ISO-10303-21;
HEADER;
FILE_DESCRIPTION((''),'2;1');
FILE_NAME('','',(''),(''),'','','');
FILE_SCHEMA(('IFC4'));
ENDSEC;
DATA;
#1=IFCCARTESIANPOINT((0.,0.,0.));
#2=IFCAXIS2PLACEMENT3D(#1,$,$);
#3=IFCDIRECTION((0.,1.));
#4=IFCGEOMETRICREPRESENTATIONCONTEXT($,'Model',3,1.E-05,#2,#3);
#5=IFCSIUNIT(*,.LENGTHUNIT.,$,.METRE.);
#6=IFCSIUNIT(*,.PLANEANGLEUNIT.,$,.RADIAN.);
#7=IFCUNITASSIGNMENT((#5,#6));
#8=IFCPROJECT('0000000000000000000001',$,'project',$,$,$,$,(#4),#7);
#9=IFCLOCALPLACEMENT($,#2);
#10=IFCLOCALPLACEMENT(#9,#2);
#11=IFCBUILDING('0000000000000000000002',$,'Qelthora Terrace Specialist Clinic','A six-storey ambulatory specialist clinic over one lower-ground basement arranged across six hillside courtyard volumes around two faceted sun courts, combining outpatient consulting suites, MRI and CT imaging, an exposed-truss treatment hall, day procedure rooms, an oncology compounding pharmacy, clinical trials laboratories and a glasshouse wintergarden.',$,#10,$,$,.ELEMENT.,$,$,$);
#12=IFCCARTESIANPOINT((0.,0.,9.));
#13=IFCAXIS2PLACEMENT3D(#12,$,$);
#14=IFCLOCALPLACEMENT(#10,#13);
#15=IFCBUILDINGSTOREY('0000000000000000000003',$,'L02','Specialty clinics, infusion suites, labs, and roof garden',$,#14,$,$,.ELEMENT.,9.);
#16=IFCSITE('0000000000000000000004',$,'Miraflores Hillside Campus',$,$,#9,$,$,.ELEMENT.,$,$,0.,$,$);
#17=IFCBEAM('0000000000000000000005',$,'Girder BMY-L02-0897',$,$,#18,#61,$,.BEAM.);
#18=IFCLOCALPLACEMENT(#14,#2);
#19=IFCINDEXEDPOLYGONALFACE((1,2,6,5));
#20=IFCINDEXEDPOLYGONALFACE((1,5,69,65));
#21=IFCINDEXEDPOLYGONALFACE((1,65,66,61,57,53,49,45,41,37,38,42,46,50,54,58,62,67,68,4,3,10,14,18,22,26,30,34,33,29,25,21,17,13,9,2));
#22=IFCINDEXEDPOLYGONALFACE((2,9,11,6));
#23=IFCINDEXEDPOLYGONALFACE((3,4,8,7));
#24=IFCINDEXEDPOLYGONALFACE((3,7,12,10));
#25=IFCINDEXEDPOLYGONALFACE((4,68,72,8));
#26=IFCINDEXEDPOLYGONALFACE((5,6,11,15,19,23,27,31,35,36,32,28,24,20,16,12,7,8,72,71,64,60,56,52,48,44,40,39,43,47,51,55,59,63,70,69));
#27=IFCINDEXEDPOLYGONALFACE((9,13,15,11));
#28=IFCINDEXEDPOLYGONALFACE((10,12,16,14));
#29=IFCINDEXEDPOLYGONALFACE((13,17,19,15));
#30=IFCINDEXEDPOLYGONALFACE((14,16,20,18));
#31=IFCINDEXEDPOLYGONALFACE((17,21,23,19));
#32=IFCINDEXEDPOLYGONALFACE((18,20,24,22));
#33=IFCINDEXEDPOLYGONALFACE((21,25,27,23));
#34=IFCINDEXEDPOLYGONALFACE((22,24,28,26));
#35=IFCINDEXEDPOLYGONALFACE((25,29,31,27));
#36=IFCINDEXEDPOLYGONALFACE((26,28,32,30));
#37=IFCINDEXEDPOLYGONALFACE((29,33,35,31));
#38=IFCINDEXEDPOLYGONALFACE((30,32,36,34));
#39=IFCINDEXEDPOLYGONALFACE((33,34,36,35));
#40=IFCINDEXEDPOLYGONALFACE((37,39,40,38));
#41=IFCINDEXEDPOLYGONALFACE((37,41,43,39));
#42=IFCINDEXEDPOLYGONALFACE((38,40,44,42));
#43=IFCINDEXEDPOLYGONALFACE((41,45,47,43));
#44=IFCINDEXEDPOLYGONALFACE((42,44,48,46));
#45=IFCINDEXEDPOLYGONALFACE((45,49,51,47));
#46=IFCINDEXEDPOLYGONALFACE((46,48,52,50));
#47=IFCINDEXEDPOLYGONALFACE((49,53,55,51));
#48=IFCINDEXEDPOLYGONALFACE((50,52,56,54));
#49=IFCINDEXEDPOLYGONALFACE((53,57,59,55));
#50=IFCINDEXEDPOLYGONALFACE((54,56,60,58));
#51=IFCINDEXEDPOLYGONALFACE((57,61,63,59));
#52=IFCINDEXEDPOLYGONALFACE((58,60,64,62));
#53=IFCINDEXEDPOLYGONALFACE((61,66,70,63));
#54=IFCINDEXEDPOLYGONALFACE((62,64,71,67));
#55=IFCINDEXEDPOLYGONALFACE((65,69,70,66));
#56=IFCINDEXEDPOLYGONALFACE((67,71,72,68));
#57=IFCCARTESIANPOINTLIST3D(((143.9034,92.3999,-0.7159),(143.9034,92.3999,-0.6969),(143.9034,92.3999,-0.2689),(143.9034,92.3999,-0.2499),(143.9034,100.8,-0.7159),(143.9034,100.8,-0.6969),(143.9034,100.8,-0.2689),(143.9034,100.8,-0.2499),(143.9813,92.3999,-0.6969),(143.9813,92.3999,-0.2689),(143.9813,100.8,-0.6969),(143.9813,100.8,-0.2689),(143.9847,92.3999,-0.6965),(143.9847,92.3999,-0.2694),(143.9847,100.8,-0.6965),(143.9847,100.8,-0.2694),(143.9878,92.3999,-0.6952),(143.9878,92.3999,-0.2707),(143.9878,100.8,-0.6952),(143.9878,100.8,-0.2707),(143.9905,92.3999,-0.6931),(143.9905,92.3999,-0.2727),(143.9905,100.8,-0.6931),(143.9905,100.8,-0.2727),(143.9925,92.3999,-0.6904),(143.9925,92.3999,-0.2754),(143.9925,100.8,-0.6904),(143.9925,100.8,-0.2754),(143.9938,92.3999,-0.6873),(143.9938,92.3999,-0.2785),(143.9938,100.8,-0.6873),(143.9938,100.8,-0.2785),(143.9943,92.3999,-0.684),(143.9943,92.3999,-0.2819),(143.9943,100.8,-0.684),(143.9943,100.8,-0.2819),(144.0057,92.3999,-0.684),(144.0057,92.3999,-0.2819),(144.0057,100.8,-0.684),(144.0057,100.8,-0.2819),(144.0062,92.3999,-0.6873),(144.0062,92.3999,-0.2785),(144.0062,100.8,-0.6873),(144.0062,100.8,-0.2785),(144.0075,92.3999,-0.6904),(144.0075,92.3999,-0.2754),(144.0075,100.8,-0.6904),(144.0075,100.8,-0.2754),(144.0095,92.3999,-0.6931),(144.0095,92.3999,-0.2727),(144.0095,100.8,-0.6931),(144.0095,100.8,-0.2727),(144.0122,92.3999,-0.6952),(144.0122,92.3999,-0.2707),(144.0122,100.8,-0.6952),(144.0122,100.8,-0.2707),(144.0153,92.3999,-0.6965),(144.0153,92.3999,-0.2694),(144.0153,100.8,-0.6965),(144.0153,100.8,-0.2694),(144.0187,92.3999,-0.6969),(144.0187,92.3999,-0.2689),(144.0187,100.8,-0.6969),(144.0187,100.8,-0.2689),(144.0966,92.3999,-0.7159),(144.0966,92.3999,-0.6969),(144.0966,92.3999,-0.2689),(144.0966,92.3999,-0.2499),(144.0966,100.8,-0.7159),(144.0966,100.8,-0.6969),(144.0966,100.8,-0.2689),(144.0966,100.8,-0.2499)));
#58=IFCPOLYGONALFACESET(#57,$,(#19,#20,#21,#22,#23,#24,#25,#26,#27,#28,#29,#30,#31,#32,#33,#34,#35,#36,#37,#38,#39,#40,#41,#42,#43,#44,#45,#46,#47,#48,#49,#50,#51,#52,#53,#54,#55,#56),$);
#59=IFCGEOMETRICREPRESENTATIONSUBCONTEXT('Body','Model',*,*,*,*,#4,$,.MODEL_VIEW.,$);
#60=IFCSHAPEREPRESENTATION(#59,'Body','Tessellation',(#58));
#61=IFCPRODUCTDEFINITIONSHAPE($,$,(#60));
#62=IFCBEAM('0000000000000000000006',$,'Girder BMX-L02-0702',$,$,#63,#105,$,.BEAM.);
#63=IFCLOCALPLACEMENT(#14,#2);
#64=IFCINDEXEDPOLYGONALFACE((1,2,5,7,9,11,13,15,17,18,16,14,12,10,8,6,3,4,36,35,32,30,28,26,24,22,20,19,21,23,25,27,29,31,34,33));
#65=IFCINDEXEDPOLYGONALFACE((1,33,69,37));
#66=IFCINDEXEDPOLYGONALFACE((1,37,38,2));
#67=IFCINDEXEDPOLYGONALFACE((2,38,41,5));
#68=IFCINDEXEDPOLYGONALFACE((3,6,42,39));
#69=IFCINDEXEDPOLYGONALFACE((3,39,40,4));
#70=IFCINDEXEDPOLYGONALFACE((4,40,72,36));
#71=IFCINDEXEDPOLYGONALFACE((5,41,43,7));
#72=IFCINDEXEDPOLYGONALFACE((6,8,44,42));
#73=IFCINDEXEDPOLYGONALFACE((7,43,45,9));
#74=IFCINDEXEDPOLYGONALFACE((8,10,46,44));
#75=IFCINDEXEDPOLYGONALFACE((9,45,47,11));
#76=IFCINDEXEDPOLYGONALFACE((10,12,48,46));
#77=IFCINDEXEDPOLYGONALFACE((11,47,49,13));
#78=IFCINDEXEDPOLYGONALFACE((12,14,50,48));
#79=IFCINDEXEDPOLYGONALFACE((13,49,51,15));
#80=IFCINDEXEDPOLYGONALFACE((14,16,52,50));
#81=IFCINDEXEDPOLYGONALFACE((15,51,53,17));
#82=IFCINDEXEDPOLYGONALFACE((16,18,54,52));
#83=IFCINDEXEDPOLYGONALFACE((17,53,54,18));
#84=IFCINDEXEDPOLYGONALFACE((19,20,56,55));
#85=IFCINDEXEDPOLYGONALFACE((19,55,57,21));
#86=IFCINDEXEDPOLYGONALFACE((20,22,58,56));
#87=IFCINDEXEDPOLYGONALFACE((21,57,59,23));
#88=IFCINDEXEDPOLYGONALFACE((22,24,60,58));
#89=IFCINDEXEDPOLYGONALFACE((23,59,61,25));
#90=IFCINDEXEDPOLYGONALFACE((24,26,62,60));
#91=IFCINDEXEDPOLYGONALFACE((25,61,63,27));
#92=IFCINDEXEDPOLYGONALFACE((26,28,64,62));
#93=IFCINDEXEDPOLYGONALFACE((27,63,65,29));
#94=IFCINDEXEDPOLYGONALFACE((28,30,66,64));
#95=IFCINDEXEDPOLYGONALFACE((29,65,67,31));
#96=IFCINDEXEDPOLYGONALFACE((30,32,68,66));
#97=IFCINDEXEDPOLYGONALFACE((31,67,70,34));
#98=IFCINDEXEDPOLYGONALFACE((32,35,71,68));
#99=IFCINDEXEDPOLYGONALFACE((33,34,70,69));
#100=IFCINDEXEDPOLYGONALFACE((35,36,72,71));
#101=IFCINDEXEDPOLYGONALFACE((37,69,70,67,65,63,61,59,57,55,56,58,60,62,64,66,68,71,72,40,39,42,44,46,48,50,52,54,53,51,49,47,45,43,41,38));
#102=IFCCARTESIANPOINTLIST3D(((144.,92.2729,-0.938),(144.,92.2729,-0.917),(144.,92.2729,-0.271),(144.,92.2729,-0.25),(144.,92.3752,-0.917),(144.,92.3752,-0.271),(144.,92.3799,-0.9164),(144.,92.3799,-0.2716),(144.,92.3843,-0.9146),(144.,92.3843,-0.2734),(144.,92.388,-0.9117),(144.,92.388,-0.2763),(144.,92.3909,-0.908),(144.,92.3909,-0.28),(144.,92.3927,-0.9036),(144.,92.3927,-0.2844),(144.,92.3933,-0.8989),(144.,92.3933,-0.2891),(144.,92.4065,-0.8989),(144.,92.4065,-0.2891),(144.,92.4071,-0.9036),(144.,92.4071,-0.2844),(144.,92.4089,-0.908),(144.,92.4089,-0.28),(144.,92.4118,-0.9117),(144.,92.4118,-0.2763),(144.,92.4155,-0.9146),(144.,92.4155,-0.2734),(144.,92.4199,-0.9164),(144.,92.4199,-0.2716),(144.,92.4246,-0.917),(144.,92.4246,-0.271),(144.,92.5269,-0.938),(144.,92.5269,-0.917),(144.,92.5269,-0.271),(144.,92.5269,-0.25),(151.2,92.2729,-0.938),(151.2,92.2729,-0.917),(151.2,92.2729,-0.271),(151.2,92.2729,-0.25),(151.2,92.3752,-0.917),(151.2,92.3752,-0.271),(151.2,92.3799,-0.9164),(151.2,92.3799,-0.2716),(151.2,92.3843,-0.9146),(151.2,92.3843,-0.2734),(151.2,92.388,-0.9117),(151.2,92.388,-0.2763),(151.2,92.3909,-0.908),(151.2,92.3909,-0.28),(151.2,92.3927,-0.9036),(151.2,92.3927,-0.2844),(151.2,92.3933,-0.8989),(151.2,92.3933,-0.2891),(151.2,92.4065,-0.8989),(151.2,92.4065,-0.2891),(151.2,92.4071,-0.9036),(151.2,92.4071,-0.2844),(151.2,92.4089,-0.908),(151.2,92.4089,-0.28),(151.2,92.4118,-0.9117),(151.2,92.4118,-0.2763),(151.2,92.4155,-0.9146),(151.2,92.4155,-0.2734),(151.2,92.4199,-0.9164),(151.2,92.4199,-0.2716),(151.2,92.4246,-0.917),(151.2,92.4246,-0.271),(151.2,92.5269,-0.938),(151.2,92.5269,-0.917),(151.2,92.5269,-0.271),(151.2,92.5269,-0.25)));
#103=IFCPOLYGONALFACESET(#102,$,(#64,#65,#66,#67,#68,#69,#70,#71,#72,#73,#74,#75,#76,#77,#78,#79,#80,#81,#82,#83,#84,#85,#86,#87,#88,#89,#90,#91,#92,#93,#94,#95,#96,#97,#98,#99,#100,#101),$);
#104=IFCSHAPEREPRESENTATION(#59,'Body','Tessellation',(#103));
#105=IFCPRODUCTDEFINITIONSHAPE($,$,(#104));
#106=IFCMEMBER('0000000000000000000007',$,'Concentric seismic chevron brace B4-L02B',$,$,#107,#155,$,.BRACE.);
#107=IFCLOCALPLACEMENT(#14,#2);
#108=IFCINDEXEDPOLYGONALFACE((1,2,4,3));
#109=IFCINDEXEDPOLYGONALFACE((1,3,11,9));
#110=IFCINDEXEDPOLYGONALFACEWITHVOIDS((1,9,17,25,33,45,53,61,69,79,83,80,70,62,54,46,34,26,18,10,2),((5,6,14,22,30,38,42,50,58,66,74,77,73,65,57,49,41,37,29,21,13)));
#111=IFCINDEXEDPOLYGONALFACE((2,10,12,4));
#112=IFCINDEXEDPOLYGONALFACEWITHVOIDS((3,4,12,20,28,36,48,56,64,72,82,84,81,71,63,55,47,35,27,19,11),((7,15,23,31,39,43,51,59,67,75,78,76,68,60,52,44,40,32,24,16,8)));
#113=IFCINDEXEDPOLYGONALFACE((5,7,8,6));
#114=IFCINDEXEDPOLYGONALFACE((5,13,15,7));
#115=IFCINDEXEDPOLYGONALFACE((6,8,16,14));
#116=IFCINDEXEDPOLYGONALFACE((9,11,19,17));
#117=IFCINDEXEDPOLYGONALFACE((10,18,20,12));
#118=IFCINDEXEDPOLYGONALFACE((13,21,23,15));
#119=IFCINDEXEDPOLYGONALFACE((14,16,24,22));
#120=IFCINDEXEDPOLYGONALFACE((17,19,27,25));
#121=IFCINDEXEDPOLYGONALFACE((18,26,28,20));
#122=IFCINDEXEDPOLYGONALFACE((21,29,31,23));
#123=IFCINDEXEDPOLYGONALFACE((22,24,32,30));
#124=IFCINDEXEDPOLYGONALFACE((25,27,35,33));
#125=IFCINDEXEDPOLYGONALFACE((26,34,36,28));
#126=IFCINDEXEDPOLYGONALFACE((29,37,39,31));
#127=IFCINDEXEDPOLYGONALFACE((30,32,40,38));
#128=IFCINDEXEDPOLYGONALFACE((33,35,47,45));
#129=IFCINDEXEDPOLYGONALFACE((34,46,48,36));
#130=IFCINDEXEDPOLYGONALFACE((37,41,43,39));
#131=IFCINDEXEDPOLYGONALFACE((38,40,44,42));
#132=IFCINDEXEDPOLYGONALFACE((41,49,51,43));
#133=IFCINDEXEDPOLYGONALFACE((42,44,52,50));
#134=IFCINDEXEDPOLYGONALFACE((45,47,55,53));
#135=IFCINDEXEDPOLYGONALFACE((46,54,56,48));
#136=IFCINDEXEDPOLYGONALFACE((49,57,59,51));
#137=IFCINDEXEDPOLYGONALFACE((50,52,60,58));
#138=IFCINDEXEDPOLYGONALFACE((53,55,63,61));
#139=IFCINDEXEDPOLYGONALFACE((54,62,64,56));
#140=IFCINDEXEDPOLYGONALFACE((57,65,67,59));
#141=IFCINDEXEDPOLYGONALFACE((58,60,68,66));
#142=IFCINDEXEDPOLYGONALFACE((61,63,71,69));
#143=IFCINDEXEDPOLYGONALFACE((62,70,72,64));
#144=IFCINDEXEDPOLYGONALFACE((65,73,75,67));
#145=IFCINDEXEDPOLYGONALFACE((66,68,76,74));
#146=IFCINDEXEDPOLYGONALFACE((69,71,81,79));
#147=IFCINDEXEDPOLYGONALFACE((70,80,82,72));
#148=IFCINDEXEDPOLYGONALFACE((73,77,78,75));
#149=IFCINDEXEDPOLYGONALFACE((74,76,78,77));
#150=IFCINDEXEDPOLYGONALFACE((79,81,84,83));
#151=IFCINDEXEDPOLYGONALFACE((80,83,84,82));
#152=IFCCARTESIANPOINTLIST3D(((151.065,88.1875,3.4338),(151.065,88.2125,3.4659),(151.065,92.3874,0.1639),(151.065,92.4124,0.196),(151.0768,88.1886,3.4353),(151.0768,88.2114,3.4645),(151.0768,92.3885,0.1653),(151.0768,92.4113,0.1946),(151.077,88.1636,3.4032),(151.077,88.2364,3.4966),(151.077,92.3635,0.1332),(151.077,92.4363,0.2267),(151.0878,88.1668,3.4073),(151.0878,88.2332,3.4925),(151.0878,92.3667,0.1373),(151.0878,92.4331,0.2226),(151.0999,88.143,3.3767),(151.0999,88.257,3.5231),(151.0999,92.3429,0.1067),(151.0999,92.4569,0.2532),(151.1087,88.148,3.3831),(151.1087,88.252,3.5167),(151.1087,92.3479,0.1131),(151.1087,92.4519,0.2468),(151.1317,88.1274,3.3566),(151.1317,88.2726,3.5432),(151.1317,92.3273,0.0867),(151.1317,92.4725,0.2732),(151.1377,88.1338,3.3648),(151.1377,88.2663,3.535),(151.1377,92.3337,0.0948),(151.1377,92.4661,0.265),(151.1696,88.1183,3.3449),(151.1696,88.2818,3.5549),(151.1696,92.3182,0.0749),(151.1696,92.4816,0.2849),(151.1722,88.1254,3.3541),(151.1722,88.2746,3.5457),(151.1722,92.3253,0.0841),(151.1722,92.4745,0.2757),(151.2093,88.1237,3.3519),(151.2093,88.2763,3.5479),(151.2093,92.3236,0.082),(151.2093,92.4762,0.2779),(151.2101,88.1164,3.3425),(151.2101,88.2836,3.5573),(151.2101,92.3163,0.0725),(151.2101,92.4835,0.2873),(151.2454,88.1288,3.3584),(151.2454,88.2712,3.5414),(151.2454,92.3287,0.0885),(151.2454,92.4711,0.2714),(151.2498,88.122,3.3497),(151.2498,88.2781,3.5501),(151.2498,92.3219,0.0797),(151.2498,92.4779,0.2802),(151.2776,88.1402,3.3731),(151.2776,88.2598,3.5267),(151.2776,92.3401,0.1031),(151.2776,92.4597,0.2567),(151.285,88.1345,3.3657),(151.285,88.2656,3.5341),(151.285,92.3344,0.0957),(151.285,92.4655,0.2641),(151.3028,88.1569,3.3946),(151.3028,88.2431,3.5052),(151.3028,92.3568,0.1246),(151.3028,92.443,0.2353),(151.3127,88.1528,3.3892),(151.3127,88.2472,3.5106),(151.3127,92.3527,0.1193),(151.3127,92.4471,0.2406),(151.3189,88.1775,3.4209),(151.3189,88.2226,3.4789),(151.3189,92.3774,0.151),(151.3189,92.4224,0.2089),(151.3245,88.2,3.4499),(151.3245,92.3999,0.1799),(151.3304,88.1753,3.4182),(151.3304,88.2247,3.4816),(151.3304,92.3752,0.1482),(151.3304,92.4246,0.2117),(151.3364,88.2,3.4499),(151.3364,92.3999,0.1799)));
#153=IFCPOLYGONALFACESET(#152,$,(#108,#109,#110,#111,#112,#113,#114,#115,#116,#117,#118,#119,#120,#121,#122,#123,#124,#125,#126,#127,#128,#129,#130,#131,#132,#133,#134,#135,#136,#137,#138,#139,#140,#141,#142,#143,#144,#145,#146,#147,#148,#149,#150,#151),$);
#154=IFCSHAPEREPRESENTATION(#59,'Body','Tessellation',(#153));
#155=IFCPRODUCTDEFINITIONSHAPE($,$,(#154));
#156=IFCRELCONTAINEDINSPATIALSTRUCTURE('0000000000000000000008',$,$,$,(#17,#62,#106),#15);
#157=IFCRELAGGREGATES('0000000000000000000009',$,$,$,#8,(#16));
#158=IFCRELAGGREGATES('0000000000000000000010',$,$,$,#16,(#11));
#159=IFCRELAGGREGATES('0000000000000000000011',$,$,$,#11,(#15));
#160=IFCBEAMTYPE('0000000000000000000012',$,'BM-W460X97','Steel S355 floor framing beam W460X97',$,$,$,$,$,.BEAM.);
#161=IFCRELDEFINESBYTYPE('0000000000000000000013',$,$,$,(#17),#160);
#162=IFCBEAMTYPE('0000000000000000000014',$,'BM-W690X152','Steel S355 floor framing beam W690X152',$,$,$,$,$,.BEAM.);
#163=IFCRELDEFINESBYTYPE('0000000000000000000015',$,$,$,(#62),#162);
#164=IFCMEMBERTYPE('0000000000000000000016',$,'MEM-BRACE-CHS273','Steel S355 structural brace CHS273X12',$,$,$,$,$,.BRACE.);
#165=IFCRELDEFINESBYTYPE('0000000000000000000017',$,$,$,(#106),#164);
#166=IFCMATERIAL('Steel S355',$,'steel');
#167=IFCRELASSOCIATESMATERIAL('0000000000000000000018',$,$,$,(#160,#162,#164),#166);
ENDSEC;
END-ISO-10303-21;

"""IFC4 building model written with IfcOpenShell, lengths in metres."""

from ifc_helpers import new_model, si_unit, direction, frame, origin, origin_2d, place, context, subcontext, project, spatial, hollow_circle, i_section, extrude, material, material_profile, profile_set, type_object, element, save


model = new_model("IFC4")

# Units and contexts
model_context = context("Model", 3, precision=1e-05, world=origin(), true_north=direction((0.0, 1.0)))
body_context = subcontext(model_context, "Body", "Model", "MODEL_VIEW")
ifc_project = project(units=[si_unit("LENGTHUNIT", "METRE"), si_unit("PLANEANGLEUNIT", "RADIAN")], contexts=[model_context])

# Site, building, storey
site_placement = place(None, origin())
site = spatial("IfcSite", under=ifc_project, at=site_placement, Name="Miraflores Hillside Campus", CompositionType="ELEMENT", RefElevation=0.0)
building_placement = place(site_placement, origin())
building = spatial("IfcBuilding", under=site, at=building_placement, Name="Qelthora Terrace Specialist Clinic", Description="A six-storey ambulatory specialist clinic over one lower-ground basement arranged across six hillside courtyard volumes around two faceted sun courts, combining outpatient consulting suites, MRI and CT imaging, an exposed-truss treatment hall, day procedure rooms, an oncology compounding pharmacy, clinical trials laboratories and a glasshouse wintergarden.", CompositionType="ELEMENT")
storey_placement = place(building_placement, frame((0.0, 0.0, 9.0)))
storey = spatial("IfcBuildingStorey", under=building, at=storey_placement, Name="L02", Description="Specialty clinics, infusion suites, labs, and roof garden", CompositionType="ELEMENT", Elevation=9.0)

# Shared definitions
ifc_material_1 = material(Name="Steel S355", Category="steel")

# Beams
ifc_material_profile_1 = material_profile(ifc_material_1, i_section(OverallWidth=0.1931, OverallDepth=0.4661, WebThickness=0.0115, FlangeThickness=0.019, FilletRadius=0.0129, at=origin_2d()), Name="W460X97")
ifc_profile_set_1 = profile_set([ifc_material_profile_1], Name="Steel S355")
beam_type_1 = type_object("IfcBeamType", Name="BM-W460X97", Description="Steel S355 floor framing beam W460X97", PredefinedType="BEAM", material=ifc_profile_set_1)
beam_1_placement = place(storey_placement, frame((144.0, 92.3999, -0.4829), z_axis=(0.0, 1.0, 0.0), x_axis=(-1.0, 0.0, 0.0)))
element("IfcBeam", 1, at=beam_1_placement, inside=storey, type_object=beam_type_1, Name="Girder BMY-L02-0897", PredefinedType="BEAM", context=body_context, shape_type="SweptSolid", body=[
    extrude(i_section(OverallWidth=0.1931, OverallDepth=0.4661, WebThickness=0.0115, FlangeThickness=0.019, FilletRadius=0.0129, at=origin_2d()), origin(), (0.0, 0.0, 1.0), 8.4001),
])
ifc_material_profile_2 = material_profile(ifc_material_1, i_section(OverallWidth=0.2539, OverallDepth=0.688, WebThickness=0.0132, FlangeThickness=0.021, FilletRadius=0.0181, at=origin_2d()), Name="W690X152")
ifc_profile_set_2 = profile_set([ifc_material_profile_2], Name="Steel S355")
beam_type_2 = type_object("IfcBeamType", Name="BM-W690X152", Description="Steel S355 floor framing beam W690X152", PredefinedType="BEAM", material=ifc_profile_set_2)
beam_2_placement = place(storey_placement, frame((144.0, 92.3999, -0.594), z_axis=(1.0, 0.0, 0.0), x_axis=(0.0, 1.0, 0.0)))
element("IfcBeam", 2, at=beam_2_placement, inside=storey, type_object=beam_type_2, Name="Girder BMX-L02-0702", PredefinedType="BEAM", context=body_context, shape_type="SweptSolid", body=[
    extrude(i_section(OverallWidth=0.2539, OverallDepth=0.688, WebThickness=0.0132, FlangeThickness=0.021, FilletRadius=0.0181, at=origin_2d()), origin(), (0.0, 0.0, 1.0), 7.2),
])

# Member
ifc_material_profile_3 = material_profile(ifc_material_1, hollow_circle(Radius=0.1365, WallThickness=0.012, at=origin_2d()), Name="CHS273X12")
ifc_profile_set_3 = profile_set([ifc_material_profile_3], Name="Steel S355")
member_type = type_object("IfcMemberType", Name="MEM-BRACE-CHS273", Description="Steel S355 structural brace CHS273X12", PredefinedType="BRACE", material=ifc_profile_set_3)
member_placement = place(storey_placement, frame((151.2, 92.3999, 0.1799), z_axis=(0.0, -0.789043, 0.614337), x_axis=(1.0, 0.0, 0.0)))
element("IfcMember", 3, at=member_placement, inside=storey, type_object=member_type, Name="Concentric seismic chevron brace B4-L02B", PredefinedType="BRACE", context=body_context, shape_type="SweptSolid", body=[
    extrude(hollow_circle(Radius=0.1365, WallThickness=0.012, at=origin_2d()), origin(), (0.0, 0.0, 1.0), 5.3228),
])

save(model, "model.ifc")
